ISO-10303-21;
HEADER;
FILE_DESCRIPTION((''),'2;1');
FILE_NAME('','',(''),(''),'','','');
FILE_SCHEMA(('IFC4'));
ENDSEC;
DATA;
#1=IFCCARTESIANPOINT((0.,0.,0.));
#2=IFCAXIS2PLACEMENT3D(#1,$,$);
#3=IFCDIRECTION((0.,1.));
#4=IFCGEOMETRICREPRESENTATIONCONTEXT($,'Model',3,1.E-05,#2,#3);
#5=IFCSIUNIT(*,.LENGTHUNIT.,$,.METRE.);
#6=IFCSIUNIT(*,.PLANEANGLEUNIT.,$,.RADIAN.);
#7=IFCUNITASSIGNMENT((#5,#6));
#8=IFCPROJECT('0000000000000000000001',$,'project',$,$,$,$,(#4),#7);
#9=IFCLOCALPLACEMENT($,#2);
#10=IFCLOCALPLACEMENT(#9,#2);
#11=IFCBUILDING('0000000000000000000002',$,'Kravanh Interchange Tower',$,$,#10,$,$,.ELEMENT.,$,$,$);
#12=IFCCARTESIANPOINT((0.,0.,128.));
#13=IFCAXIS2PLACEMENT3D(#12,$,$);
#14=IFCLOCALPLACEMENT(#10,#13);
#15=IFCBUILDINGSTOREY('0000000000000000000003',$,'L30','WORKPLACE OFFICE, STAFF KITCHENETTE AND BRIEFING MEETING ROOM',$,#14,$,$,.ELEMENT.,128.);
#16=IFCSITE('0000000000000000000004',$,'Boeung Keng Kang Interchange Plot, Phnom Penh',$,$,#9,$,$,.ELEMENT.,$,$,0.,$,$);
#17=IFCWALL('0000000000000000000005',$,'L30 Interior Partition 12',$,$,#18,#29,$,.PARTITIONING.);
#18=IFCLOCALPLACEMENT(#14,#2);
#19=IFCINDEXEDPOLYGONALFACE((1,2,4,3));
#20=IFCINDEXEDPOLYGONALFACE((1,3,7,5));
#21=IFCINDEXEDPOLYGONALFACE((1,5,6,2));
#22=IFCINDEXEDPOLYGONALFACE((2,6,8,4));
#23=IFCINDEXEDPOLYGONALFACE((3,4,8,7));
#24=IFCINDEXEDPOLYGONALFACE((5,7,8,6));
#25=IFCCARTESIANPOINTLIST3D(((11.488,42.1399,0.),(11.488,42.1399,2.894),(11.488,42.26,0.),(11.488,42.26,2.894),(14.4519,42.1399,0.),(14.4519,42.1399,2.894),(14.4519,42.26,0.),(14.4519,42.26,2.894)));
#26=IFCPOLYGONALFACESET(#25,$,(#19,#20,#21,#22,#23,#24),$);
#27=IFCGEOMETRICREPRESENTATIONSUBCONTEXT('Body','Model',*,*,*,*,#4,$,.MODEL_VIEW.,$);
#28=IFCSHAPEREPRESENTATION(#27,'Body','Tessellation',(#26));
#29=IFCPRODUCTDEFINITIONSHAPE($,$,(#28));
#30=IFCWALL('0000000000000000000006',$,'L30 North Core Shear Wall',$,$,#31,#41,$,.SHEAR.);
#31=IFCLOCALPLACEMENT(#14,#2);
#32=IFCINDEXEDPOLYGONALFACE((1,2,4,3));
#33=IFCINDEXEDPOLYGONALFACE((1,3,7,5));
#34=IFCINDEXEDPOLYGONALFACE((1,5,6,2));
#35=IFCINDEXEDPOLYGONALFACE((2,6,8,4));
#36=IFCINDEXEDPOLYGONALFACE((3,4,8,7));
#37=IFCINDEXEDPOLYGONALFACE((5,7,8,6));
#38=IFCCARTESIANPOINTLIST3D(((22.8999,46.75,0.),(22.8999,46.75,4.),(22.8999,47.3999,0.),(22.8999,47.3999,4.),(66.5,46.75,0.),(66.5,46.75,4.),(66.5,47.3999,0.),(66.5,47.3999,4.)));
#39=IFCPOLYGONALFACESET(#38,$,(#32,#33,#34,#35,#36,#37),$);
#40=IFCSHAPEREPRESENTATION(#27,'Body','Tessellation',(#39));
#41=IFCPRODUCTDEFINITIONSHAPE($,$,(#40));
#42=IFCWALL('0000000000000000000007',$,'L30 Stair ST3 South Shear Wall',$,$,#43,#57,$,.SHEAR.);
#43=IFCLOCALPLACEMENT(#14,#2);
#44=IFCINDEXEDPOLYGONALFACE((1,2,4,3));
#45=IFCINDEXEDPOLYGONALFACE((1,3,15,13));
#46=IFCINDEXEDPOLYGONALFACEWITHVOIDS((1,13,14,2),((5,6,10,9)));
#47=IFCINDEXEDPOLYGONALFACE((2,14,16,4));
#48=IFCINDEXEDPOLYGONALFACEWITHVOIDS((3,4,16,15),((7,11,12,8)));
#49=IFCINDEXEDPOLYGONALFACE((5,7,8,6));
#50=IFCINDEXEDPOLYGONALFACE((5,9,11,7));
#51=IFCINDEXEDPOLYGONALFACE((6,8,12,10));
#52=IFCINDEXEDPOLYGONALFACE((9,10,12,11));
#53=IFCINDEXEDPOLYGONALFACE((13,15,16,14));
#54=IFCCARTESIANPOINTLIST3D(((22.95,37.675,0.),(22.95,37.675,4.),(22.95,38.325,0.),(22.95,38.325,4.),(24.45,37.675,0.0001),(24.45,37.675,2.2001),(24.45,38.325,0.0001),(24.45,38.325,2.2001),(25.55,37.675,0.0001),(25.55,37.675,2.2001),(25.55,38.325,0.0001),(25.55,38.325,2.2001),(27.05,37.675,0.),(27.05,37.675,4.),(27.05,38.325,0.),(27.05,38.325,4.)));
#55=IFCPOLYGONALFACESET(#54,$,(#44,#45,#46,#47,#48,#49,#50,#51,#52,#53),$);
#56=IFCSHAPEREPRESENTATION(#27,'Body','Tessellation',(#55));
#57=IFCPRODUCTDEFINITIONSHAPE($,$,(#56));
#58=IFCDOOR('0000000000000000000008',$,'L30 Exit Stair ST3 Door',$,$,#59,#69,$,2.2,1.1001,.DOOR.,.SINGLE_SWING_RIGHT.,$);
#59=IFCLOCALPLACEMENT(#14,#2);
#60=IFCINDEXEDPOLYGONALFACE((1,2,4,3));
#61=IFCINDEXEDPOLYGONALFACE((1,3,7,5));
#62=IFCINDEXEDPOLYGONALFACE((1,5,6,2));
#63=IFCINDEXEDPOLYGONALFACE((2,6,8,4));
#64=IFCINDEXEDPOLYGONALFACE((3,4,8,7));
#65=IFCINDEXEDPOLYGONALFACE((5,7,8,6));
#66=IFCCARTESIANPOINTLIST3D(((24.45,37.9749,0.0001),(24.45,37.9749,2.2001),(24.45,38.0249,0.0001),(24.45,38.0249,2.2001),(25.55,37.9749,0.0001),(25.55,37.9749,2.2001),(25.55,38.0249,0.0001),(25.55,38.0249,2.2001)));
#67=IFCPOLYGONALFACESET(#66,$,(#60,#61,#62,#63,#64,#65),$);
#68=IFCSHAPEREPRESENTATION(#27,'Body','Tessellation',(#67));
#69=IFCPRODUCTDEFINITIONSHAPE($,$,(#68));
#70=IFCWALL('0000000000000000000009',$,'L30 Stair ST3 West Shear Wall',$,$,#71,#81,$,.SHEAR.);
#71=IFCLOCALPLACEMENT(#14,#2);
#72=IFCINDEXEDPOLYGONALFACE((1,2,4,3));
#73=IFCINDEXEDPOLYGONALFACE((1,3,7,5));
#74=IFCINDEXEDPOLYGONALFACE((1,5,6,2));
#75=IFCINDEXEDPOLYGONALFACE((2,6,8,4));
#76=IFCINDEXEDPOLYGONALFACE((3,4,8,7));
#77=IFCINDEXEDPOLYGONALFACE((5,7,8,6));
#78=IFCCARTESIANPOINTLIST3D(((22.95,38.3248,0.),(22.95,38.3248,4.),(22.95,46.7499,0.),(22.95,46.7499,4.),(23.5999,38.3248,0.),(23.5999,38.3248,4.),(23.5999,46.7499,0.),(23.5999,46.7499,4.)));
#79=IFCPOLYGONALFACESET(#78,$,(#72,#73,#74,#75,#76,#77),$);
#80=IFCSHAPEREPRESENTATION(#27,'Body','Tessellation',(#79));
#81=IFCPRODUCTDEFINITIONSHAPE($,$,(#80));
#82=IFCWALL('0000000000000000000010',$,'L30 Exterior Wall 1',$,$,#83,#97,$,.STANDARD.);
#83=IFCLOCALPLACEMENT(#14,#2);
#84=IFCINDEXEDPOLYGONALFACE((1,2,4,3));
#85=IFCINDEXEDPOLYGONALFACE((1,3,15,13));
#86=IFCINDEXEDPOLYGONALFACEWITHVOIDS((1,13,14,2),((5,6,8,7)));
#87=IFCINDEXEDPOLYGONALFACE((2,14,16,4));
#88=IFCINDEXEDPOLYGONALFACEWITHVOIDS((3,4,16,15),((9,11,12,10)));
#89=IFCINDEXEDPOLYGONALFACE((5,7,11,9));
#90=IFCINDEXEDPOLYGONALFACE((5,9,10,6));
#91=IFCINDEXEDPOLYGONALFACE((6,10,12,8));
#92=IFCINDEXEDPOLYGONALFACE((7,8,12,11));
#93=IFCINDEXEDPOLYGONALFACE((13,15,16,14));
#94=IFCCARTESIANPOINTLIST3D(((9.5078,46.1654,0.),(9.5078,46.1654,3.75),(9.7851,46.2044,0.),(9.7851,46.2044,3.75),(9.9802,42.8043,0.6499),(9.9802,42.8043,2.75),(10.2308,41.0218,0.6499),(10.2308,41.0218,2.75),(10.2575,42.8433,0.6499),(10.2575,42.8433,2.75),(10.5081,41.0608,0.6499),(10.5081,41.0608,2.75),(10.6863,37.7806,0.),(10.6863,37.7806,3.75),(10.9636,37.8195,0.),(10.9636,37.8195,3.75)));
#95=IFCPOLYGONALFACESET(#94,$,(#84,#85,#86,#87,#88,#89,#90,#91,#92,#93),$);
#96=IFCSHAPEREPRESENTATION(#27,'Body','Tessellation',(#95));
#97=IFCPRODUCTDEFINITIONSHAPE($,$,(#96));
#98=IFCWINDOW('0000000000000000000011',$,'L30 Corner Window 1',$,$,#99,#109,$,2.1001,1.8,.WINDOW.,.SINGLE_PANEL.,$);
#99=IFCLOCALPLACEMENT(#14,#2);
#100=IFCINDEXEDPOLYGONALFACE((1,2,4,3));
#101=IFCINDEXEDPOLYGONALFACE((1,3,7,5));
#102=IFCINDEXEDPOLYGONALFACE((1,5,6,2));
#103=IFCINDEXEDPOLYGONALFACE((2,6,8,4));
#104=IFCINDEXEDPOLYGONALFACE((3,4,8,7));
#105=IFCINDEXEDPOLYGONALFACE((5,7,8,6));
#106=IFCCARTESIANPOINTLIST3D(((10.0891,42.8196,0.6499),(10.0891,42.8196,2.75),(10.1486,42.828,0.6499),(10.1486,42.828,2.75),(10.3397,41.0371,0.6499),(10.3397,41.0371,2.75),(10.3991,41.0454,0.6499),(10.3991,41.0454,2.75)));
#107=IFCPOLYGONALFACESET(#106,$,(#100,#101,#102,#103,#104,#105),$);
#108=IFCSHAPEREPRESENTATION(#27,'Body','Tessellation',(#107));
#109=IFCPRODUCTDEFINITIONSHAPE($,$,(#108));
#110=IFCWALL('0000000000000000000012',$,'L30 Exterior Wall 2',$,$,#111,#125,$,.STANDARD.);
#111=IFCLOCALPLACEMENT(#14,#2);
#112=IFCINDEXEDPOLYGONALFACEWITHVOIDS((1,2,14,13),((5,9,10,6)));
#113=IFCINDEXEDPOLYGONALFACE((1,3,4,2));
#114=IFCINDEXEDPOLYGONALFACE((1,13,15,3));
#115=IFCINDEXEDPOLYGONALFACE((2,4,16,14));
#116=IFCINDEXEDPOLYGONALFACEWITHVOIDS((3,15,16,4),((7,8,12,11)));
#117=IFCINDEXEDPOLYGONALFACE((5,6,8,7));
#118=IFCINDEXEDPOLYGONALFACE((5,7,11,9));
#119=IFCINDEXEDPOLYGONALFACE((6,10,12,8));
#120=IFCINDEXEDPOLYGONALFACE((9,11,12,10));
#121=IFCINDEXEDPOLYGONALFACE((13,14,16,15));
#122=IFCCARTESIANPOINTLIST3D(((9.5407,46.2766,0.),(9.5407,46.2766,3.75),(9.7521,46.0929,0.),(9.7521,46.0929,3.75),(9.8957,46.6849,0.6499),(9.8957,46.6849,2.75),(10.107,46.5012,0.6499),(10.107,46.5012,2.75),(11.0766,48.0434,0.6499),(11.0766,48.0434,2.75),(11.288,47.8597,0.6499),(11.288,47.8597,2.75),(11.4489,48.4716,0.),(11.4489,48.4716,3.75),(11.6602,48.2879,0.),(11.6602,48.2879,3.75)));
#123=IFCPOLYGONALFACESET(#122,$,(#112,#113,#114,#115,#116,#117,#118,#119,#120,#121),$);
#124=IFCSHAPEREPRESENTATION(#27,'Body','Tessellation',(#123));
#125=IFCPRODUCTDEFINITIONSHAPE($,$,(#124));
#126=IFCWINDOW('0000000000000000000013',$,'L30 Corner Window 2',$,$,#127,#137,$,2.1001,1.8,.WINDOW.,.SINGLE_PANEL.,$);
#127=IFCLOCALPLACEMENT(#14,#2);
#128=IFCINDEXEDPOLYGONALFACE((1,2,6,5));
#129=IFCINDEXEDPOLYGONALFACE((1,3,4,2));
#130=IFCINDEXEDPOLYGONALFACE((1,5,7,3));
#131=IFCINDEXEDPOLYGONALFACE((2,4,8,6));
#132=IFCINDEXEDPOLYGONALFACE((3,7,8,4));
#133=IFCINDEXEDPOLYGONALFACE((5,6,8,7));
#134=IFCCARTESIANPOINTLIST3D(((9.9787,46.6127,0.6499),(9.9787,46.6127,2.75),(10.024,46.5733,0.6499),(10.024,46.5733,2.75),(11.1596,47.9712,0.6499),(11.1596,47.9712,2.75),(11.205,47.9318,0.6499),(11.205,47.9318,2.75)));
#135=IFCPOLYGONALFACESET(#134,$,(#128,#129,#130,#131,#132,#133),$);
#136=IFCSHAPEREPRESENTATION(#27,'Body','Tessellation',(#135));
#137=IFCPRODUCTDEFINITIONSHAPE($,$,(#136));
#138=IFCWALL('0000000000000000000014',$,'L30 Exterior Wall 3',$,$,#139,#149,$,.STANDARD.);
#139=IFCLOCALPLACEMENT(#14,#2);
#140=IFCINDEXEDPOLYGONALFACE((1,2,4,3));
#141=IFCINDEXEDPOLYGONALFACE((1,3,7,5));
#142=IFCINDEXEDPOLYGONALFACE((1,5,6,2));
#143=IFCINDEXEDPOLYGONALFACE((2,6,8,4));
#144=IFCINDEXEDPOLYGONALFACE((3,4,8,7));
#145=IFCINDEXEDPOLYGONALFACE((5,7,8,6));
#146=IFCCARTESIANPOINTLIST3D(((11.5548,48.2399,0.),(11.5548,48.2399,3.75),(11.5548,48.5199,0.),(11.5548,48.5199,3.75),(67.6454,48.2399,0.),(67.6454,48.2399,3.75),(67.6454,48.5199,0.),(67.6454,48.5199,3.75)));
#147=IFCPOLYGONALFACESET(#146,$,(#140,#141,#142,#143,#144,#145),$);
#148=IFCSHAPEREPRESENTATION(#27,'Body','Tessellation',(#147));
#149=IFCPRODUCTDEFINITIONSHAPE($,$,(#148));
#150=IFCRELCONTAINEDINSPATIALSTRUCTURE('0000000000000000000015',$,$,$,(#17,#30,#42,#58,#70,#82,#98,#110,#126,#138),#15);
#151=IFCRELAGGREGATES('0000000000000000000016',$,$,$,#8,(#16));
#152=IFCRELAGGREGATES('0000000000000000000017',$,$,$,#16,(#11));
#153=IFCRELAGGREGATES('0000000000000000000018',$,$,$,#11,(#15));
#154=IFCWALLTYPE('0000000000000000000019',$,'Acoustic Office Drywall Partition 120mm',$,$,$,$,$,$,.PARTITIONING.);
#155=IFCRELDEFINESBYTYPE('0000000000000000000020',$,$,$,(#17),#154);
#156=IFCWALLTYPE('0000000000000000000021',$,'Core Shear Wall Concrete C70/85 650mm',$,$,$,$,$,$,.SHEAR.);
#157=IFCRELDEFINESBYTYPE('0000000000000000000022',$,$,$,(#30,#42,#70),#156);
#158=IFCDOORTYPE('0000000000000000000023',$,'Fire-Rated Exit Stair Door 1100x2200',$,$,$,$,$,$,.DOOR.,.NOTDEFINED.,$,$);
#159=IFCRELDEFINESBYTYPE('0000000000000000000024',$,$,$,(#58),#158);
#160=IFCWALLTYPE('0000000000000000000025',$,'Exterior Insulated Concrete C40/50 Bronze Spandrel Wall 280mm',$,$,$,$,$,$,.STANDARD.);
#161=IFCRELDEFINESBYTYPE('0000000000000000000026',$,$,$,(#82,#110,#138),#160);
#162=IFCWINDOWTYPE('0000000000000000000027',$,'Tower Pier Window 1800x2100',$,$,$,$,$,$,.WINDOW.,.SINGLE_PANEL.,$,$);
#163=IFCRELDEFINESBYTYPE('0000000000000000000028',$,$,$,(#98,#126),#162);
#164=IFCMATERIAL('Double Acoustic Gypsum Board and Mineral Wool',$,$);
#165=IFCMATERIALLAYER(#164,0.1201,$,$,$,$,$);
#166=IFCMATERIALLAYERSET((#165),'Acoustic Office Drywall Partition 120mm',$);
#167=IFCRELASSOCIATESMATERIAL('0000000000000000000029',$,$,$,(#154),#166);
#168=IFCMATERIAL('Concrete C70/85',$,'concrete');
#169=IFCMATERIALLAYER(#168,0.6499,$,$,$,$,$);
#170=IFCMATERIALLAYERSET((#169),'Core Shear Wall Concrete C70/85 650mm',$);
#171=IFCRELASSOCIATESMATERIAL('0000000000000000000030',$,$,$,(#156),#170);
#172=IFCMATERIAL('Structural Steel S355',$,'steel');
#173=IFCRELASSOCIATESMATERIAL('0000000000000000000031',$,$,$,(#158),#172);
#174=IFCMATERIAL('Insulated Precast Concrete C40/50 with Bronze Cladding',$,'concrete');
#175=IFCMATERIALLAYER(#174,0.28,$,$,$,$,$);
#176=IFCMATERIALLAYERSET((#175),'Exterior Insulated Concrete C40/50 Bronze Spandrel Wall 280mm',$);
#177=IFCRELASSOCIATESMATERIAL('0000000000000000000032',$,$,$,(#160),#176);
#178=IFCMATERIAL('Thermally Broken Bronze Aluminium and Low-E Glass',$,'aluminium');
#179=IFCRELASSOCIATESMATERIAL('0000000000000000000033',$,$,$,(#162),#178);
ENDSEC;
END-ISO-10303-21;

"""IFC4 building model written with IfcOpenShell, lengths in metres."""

from ifc_helpers import new_model, si_unit, direction, frame, frame_2d, origin, place, context, subcontext, project, spatial, rectangle, extrude, material, layer, layer_set, type_object, element, fill, save


model = new_model("IFC4")

# Units and contexts
model_context = context("Model", 3, precision=1e-05, world=origin(), true_north=direction((0.0, 1.0)))
body_context = subcontext(model_context, "Body", "Model", "MODEL_VIEW")
ifc_project = project(units=[si_unit("LENGTHUNIT", "METRE"), si_unit("PLANEANGLEUNIT", "RADIAN")], contexts=[model_context])

# Site, building, storey
site_placement = place(None, origin())
site = spatial("IfcSite", under=ifc_project, at=site_placement, Name="Boeung Keng Kang Interchange Plot, Phnom Penh", CompositionType="ELEMENT", RefElevation=0.0)
building_placement = place(site_placement, origin())
building = spatial("IfcBuilding", under=site, at=building_placement, Name="Kravanh Interchange Tower", CompositionType="ELEMENT")
storey_placement = place(building_placement, frame((0.0, 0.0, 128.0)))
storey = spatial("IfcBuildingStorey", under=building, at=storey_placement, Name="L30", Description="WORKPLACE OFFICE, STAFF KITCHENETTE AND BRIEFING MEETING ROOM", CompositionType="ELEMENT", Elevation=128.0)

# Shared definitions
ifc_material_1 = material(Name="Double Acoustic Gypsum Board and Mineral Wool")
ifc_layer_1 = layer(ifc_material_1, 0.1201)
ifc_layer_set_1 = layer_set([ifc_layer_1], Name="Acoustic Office Drywall Partition 120mm")
wall_type_1 = type_object("IfcWallType", Name="Acoustic Office Drywall Partition 120mm", PredefinedType="PARTITIONING", material=ifc_layer_set_1)

# Walls
wall_1_placement = place(storey_placement, frame((11.488, 42.2, 0.0), z_axis=(0.0, 0.0, 1.0), x_axis=(1.0, 0.0, 0.0)))
element("IfcWall", 1, at=wall_1_placement, inside=storey, type_object=wall_type_1, Name="L30 Interior Partition 12", PredefinedType="PARTITIONING", context=body_context, shape_type="SweptSolid", body=[
    extrude(rectangle(XDim=2.9639, YDim=0.1201, at=frame_2d((1.4819, 0.0))), origin(), (0.0, 0.0, 1.0), 2.894),
])
ifc_material_2 = material(Name="Concrete C70/85", Category="concrete")
ifc_layer_2 = layer(ifc_material_2, 0.6499)
ifc_layer_set_2 = layer_set([ifc_layer_2], Name="Core Shear Wall Concrete C70/85 650mm")
wall_type_2 = type_object("IfcWallType", Name="Core Shear Wall Concrete C70/85 650mm", PredefinedType="SHEAR", material=ifc_layer_set_2)
wall_2_placement = place(storey_placement, frame((22.8999, 47.075, 0.0), z_axis=(0.0, 0.0, 1.0), x_axis=(1.0, 0.0, 0.0)))
element("IfcWall", 2, at=wall_2_placement, inside=storey, type_object=wall_type_2, Name="L30 North Core Shear Wall", PredefinedType="SHEAR", context=body_context, shape_type="SweptSolid", body=[
    extrude(rectangle(XDim=43.6001, YDim=0.6499, at=frame_2d((21.8, 0.0))), origin(), (0.0, 0.0, 1.0), 4.0),
])

# Wall, opening, door
wall_3_placement = place(storey_placement, frame((22.95, 38.0, 0.0), z_axis=(0.0, 0.0, 1.0), x_axis=(1.0, 0.0, 0.0)))
wall_3 = element("IfcWall", 3, at=wall_3_placement, inside=storey, type_object=wall_type_2, Name="L30 Stair ST3 South Shear Wall", PredefinedType="SHEAR", context=body_context, shape_type="SweptSolid", body=[
    extrude(rectangle(XDim=4.1001, YDim=0.6499, at=frame_2d((2.05, 0.0))), origin(), (0.0, 0.0, 1.0), 4.0),
])
opening_1_placement = place(wall_3_placement, frame((1.5, 0.0, 0.0)))
opening_1 = element("IfcOpeningElement", 4, at=opening_1_placement, cuts=wall_3, PredefinedType="OPENING", context=body_context, shape_type="SweptSolid", body=[
    extrude(rectangle(XDim=1.1001, YDim=2.2, at=frame_2d((0.55, 1.1001))), frame((0.0, 0.335, 0.0), z_axis=(0.0, -1.0, 0.0), x_axis=(1.0, 0.0, 0.0)), (0.0, 0.0, 1.0), 0.6699),
])
ifc_material_3 = material(Name="Structural Steel S355", Category="steel")
door_type_1 = type_object("IfcDoorType", Name="Fire-Rated Exit Stair Door 1100x2200", OperationType="NOTDEFINED", PredefinedType="DOOR", material=ifc_material_3)
door_1_placement = place(opening_1_placement, origin())
door_1 = element("IfcDoor", 5, at=door_1_placement, inside=storey, type_object=door_type_1, Name="L30 Exit Stair ST3 Door", OperationType="SINGLE_SWING_RIGHT", OverallHeight=2.2, OverallWidth=1.1001, PredefinedType="DOOR", context=body_context, shape_type="SweptSolid", body=[
    extrude(rectangle(XDim=1.1001, YDim=2.2, at=frame_2d((0.55, 1.1001))), frame((0.0, 0.0249, 0.0), z_axis=(0.0, -1.0, 0.0), x_axis=(1.0, 0.0, 0.0)), (0.0, 0.0, 1.0), 0.05),
])
fill(opening_1, door_1)

# Wall
wall_4_placement = place(storey_placement, frame((23.2749, 38.325, 0.0), z_axis=(0.0, 0.0, 1.0), x_axis=(0.0, 1.0, 0.0)))
element("IfcWall", 6, at=wall_4_placement, inside=storey, type_object=wall_type_2, Name="L30 Stair ST3 West Shear Wall", PredefinedType="SHEAR", context=body_context, shape_type="SweptSolid", body=[
    extrude(rectangle(XDim=8.425, YDim=0.6499, at=frame_2d((4.2124, 0.0))), origin(), (0.0, 0.0, 1.0), 4.0),
])

# Walls, openings, windows
ifc_material_4 = material(Name="Insulated Precast Concrete C40/50 with Bronze Cladding", Category="concrete")
ifc_layer_3 = layer(ifc_material_4, 0.28)
ifc_layer_set_3 = layer_set([ifc_layer_3], Name="Exterior Insulated Concrete C40/50 Bronze Spandrel Wall 280mm")
wall_type_3 = type_object("IfcWallType", Name="Exterior Insulated Concrete C40/50 Bronze Spandrel Wall 280mm", PredefinedType="STANDARD", material=ifc_layer_set_3)
wall_5_placement = place(storey_placement, frame((10.825, 37.8, 0.0), z_axis=(0.0, 0.0, 1.0), x_axis=(-0.139181, 0.990267, 0.0)))
wall_5 = element("IfcWall", 7, at=wall_5_placement, inside=storey, type_object=wall_type_3, Name="L30 Exterior Wall 1", PredefinedType="STANDARD", context=body_context, shape_type="SweptSolid", body=[
    extrude(rectangle(XDim=8.4673, YDim=0.28, at=frame_2d((4.2336, 0.0))), origin(), (0.0, 0.0, 1.0), 3.75),
])
opening_2_placement = place(wall_5_placement, frame((3.2732, 0.0, 0.6499)))
opening_2 = element("IfcOpeningElement", 8, at=opening_2_placement, cuts=wall_5, PredefinedType="OPENING", context=body_context, shape_type="SweptSolid", body=[
    extrude(rectangle(XDim=1.8, YDim=2.1001, at=frame_2d((0.8999, 1.05))), frame((0.0, 0.1499, 0.0), z_axis=(0.0, -1.0, 0.0), x_axis=(1.0, 0.0, 0.0)), (0.0, 0.0, 1.0), 0.3),
])
ifc_material_5 = material(Name="Thermally Broken Bronze Aluminium and Low-E Glass", Category="aluminium")
window_type = type_object("IfcWindowType", Name="Tower Pier Window 1800x2100", PartitioningType="SINGLE_PANEL", PredefinedType="WINDOW", material=ifc_material_5)
window_1_placement = place(opening_2_placement, origin())
window_1 = element("IfcWindow", 9, at=window_1_placement, inside=storey, type_object=window_type, Name="L30 Corner Window 1", OverallHeight=2.1001, OverallWidth=1.8, PartitioningType="SINGLE_PANEL", PredefinedType="WINDOW", context=body_context, shape_type="SweptSolid", body=[
    extrude(rectangle(XDim=1.8, YDim=2.1001, at=frame_2d((0.8999, 1.05))), frame((0.0, 0.03, 0.0), z_axis=(0.0, -1.0, 0.0), x_axis=(1.0, 0.0, 0.0)), (0.0, 0.0, 1.0), 0.0601),
])
fill(opening_2, window_1)
wall_6_placement = place(storey_placement, frame((9.6465, 46.1848, 0.0), z_axis=(0.0, 0.0, 1.0), x_axis=(0.656071, 0.754699, 0.0)))
wall_6 = element("IfcWall", 10, at=wall_6_placement, inside=storey, type_object=wall_type_3, Name="L30 Exterior Wall 2", PredefinedType="STANDARD", context=body_context, shape_type="SweptSolid", body=[
    extrude(rectangle(XDim=2.9084, YDim=0.28, at=frame_2d((1.4541, 0.0))), origin(), (0.0, 0.0, 1.0), 3.75),
])
opening_3_placement = place(wall_6_placement, frame((0.541, 0.0, 0.6499)))
opening_3 = element("IfcOpeningElement", 11, at=opening_3_placement, cuts=wall_6, PredefinedType="OPENING", context=body_context, shape_type="SweptSolid", body=[
    extrude(rectangle(XDim=1.8, YDim=2.1001, at=frame_2d((0.8999, 1.05))), frame((0.0, 0.1499, 0.0), z_axis=(0.0, -1.0, 0.0), x_axis=(1.0, 0.0, 0.0)), (0.0, 0.0, 1.0), 0.3),
])
window_2_placement = place(opening_3_placement, origin())
window_2 = element("IfcWindow", 12, at=window_2_placement, inside=storey, type_object=window_type, Name="L30 Corner Window 2", OverallHeight=2.1001, OverallWidth=1.8, PartitioningType="SINGLE_PANEL", PredefinedType="WINDOW", context=body_context, shape_type="SweptSolid", body=[
    extrude(rectangle(XDim=1.8, YDim=2.1001, at=frame_2d((0.8999, 1.05))), frame((0.0, 0.03, 0.0), z_axis=(0.0, -1.0, 0.0), x_axis=(1.0, 0.0, 0.0)), (0.0, 0.0, 1.0), 0.0601),
])
fill(opening_3, window_2)

# Wall
wall_7_placement = place(storey_placement, frame((11.5547, 48.3799, 0.0), z_axis=(0.0, 0.0, 1.0), x_axis=(1.0, 0.0, 0.0)))
element("IfcWall", 13, at=wall_7_placement, inside=storey, type_object=wall_type_3, Name="L30 Exterior Wall 3", PredefinedType="STANDARD", context=body_context, shape_type="SweptSolid", body=[
    extrude(rectangle(XDim=56.0906, YDim=0.28, at=frame_2d((28.0454, 0.0))), origin(), (0.0, 0.0, 1.0), 3.75),
])

save(model, "model.ifc")
